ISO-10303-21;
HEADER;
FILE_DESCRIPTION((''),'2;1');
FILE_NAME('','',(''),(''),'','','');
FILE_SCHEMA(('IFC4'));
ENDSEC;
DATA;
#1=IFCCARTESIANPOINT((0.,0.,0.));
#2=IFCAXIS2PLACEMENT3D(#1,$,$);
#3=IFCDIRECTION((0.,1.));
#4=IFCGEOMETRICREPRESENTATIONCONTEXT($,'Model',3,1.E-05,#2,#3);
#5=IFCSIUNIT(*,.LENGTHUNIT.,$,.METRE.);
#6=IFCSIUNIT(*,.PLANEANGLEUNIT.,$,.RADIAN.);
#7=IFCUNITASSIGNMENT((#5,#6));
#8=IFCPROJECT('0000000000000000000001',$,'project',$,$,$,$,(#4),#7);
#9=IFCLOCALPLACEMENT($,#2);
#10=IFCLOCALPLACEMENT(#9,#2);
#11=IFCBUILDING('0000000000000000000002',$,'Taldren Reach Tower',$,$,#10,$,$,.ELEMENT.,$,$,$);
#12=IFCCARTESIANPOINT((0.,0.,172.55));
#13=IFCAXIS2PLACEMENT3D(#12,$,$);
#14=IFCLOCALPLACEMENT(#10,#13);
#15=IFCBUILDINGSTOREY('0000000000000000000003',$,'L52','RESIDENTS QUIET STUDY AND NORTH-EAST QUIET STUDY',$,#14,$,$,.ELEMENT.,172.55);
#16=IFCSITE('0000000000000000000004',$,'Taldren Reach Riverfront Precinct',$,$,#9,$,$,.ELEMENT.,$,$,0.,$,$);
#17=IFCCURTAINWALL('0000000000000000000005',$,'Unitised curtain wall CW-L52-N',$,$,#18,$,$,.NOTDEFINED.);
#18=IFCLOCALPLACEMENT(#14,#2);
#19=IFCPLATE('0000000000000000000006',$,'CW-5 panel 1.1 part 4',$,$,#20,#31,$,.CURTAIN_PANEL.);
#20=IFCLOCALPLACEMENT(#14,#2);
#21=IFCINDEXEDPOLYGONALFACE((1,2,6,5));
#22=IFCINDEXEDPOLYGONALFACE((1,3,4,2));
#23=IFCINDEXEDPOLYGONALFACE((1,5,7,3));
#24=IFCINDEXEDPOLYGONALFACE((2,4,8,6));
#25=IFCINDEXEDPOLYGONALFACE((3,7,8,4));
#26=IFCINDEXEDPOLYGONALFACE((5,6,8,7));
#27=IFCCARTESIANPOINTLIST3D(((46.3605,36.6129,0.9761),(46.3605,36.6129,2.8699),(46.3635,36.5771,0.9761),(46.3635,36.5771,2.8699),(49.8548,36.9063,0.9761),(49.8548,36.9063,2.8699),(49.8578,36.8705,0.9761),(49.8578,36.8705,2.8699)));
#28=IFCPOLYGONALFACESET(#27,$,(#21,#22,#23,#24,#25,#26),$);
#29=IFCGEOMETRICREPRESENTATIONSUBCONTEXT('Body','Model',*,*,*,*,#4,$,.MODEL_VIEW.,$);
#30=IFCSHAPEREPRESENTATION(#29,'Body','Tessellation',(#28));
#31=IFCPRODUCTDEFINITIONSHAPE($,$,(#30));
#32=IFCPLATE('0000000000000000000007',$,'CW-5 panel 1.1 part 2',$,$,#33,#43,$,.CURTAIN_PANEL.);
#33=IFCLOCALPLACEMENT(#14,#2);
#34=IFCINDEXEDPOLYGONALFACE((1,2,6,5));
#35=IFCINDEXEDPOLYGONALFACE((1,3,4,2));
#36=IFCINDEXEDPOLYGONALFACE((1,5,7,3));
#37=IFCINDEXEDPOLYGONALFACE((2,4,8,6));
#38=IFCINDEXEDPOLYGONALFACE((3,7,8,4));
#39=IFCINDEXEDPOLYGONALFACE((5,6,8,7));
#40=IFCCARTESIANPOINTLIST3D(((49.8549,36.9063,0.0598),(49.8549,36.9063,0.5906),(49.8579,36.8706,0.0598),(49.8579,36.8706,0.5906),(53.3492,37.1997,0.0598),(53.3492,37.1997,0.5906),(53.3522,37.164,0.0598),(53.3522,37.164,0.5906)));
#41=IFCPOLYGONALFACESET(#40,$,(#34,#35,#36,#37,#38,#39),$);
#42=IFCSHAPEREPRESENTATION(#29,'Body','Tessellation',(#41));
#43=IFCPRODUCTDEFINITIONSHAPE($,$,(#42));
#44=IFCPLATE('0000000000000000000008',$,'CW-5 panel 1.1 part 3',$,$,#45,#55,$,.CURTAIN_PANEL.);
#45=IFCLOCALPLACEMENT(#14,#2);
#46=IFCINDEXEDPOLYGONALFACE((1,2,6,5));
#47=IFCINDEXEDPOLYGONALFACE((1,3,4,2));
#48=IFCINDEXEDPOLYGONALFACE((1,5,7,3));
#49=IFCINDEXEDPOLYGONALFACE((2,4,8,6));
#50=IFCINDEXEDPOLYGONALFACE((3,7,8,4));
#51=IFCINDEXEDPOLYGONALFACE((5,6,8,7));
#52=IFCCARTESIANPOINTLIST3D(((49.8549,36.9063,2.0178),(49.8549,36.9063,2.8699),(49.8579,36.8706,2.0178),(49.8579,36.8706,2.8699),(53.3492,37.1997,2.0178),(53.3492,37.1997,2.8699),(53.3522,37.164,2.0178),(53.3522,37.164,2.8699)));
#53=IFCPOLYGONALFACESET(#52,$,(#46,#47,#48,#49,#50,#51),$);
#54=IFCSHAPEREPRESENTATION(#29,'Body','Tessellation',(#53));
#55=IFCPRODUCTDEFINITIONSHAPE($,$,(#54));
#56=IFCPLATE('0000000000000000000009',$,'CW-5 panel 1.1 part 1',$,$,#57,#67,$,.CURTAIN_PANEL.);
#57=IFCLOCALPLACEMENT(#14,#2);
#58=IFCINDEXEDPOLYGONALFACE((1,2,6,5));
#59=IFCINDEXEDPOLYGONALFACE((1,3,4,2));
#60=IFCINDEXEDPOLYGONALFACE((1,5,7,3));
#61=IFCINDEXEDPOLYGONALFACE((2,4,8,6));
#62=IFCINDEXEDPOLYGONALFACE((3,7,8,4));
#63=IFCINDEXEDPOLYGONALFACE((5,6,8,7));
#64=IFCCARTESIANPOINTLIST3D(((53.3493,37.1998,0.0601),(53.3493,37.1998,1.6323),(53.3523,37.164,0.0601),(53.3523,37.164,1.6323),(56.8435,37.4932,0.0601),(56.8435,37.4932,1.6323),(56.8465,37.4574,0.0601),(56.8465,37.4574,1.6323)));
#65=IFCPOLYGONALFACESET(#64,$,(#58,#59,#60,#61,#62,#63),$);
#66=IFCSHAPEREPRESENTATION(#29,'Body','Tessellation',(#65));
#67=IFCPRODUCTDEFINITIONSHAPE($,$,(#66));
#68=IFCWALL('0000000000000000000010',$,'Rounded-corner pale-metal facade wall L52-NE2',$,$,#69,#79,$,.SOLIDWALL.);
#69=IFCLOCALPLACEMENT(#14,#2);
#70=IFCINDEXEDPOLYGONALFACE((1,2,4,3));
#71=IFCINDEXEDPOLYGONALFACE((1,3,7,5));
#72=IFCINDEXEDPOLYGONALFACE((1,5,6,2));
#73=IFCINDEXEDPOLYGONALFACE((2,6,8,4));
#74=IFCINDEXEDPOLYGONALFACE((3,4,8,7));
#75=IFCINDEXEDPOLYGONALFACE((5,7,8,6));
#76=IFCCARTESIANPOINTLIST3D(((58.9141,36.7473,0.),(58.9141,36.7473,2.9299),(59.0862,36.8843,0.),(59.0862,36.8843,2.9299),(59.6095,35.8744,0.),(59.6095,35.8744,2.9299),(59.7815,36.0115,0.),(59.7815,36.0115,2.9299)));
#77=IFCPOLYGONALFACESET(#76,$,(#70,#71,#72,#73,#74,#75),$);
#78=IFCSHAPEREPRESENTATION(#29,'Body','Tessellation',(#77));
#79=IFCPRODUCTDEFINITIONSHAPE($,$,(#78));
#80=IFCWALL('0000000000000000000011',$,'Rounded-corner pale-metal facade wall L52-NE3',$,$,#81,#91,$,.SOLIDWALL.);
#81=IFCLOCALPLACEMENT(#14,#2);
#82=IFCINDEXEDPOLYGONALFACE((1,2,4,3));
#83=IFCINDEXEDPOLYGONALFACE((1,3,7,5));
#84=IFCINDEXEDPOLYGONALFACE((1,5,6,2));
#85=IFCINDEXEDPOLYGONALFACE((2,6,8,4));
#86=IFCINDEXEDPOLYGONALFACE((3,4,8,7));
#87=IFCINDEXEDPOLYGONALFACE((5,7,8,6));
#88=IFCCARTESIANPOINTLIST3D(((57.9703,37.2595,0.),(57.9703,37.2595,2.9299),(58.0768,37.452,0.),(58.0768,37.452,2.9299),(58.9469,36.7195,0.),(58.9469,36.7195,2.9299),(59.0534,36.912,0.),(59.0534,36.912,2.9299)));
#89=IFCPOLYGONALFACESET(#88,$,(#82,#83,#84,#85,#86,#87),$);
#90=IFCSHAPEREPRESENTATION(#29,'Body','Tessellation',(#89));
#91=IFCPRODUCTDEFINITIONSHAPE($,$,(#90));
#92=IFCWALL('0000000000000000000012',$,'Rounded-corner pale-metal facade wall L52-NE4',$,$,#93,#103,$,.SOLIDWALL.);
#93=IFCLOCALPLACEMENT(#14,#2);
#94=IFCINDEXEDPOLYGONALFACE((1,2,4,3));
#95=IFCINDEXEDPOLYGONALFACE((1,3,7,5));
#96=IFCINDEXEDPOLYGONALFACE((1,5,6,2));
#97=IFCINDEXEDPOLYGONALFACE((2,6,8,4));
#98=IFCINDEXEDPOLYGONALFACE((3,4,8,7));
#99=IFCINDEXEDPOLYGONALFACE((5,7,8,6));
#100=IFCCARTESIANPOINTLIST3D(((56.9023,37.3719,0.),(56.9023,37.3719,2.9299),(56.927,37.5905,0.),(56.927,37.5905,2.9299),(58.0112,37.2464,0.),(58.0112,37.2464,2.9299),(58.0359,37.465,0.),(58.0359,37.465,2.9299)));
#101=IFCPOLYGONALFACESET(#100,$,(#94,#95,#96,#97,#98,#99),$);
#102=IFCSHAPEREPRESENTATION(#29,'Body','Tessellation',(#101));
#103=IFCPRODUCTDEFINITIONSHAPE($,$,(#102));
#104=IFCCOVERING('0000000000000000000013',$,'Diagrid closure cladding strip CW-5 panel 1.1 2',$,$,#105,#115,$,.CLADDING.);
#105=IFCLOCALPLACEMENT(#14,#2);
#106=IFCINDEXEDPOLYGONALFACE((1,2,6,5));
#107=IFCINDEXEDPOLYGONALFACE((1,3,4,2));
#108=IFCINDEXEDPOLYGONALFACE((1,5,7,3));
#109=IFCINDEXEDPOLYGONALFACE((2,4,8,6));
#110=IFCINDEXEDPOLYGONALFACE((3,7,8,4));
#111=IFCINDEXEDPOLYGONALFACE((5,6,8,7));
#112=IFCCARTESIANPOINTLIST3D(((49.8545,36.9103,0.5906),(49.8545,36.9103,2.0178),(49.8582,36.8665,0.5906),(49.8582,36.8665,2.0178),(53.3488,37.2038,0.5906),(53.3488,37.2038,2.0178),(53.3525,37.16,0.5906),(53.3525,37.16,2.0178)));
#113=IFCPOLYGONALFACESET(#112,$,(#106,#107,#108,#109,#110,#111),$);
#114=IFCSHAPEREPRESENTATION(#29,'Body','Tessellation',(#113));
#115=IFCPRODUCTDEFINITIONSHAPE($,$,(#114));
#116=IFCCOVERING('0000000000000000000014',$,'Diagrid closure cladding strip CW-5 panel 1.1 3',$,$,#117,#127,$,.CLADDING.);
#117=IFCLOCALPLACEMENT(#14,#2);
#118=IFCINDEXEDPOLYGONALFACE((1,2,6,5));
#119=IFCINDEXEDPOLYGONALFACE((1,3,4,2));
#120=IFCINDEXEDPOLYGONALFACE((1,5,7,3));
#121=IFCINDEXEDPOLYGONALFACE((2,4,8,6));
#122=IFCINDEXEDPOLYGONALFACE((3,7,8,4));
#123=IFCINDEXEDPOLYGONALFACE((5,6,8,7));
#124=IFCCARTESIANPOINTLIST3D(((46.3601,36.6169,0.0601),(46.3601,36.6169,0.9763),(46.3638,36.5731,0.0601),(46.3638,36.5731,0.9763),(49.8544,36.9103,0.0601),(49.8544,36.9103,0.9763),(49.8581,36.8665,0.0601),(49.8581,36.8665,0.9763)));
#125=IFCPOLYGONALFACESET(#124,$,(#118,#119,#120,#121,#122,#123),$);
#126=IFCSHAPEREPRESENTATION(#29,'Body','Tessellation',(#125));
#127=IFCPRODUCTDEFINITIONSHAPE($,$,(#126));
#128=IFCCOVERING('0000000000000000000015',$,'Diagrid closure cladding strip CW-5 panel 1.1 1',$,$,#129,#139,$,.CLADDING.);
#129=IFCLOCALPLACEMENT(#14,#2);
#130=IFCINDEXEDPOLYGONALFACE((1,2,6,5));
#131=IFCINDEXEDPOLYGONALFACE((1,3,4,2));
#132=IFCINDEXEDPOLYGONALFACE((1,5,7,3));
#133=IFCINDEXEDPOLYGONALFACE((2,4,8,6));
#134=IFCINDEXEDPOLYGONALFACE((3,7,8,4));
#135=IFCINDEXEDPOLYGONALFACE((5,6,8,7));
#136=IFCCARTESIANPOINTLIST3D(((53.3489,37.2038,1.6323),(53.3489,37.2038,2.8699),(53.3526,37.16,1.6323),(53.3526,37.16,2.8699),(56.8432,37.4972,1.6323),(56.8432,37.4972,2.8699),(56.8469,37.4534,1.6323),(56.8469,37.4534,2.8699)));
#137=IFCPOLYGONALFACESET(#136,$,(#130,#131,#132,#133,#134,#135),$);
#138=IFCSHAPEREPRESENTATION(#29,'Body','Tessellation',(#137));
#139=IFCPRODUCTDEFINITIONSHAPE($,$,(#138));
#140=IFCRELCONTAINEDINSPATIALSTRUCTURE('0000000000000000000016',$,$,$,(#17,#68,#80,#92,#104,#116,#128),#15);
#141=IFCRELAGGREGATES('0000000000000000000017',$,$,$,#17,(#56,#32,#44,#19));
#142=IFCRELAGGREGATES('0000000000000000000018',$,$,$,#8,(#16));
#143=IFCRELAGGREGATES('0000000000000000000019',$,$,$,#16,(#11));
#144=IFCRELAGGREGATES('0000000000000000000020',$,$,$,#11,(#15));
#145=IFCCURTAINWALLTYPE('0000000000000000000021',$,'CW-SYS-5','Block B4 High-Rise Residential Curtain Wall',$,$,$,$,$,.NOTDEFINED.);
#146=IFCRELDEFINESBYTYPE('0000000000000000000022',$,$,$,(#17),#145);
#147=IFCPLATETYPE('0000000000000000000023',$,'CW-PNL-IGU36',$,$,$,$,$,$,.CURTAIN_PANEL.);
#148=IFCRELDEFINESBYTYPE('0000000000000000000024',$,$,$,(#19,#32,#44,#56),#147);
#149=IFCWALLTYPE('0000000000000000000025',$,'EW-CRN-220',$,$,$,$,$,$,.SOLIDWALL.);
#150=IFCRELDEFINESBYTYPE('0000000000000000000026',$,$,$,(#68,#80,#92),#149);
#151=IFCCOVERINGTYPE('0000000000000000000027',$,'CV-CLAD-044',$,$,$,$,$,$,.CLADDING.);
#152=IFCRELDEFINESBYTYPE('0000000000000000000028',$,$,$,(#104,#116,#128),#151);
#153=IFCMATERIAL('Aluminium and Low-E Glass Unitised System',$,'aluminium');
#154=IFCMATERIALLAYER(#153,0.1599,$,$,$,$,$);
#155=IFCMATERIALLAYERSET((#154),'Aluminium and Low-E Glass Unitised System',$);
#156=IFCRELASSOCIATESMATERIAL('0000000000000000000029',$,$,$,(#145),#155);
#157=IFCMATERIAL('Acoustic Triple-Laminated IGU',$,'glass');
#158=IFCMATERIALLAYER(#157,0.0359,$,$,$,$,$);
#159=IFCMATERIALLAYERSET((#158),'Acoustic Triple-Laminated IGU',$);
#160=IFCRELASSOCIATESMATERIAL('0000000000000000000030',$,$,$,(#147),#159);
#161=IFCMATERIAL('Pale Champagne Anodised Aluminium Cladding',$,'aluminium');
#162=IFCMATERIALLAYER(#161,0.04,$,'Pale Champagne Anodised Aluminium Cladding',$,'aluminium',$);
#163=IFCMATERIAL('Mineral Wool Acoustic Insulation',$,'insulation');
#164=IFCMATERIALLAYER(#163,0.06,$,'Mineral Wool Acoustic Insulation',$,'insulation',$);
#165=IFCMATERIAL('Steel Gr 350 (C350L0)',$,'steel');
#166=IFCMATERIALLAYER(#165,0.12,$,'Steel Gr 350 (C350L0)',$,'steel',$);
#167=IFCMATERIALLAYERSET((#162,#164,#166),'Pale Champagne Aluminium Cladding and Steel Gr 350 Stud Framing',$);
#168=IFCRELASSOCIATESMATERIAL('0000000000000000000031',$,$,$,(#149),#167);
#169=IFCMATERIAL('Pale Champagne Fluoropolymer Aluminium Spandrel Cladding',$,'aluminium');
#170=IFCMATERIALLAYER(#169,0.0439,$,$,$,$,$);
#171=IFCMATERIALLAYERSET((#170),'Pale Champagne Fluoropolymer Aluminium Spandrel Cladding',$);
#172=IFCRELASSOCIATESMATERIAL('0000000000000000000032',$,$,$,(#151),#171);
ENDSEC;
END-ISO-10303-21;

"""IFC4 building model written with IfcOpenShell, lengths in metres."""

from ifc_helpers import new_model, si_unit, direction, frame, frame_2d, origin, origin_2d, place, context, subcontext, project, spatial, rectangle, extrude, source, transform, mapped, material, layer, layer_set, type_object, element, aggregate, save


model = new_model("IFC4")

# Units and contexts
model_context = context("Model", 3, precision=1e-05, world=origin(), true_north=direction((0.0, 1.0)))
body_context = subcontext(model_context, "Body", "Model", "MODEL_VIEW")
ifc_project = project(units=[si_unit("LENGTHUNIT", "METRE"), si_unit("PLANEANGLEUNIT", "RADIAN")], contexts=[model_context])

# Site, building, storey
site_placement = place(None, origin())
site = spatial("IfcSite", under=ifc_project, at=site_placement, Name="Taldren Reach Riverfront Precinct", CompositionType="ELEMENT", RefElevation=0.0)
building_placement = place(site_placement, origin())
building = spatial("IfcBuilding", under=site, at=building_placement, Name="Taldren Reach Tower", CompositionType="ELEMENT")
storey_placement = place(building_placement, frame((0.0, 0.0, 172.55)))
storey = spatial("IfcBuildingStorey", under=building, at=storey_placement, Name="L52", Description="RESIDENTS QUIET STUDY AND NORTH-EAST QUIET STUDY", CompositionType="ELEMENT", Elevation=172.55)

# Shared definitions
ifc_material_1 = material(Name="Steel Gr 350 (C350L0)", Category="steel")

# Curtain wall
ifc_material_2 = material(Name="Aluminium and Low-E Glass Unitised System", Category="aluminium")
ifc_layer_1 = layer(ifc_material_2, 0.1599)
ifc_layer_set_1 = layer_set([ifc_layer_1], Name="Aluminium and Low-E Glass Unitised System")
curtain_wall_type = type_object("IfcCurtainWallType", Name="CW-SYS-5", Description="Block B4 High-Rise Residential Curtain Wall", PredefinedType="NOTDEFINED", material=ifc_layer_set_1)
curtain_wall_placement = place(storey_placement, origin())
curtain_wall = element("IfcCurtainWall", 1, at=curtain_wall_placement, inside=storey, type_object=curtain_wall_type, Name="Unitised curtain wall CW-L52-N", PredefinedType="NOTDEFINED")

# Plates
ifc_material_3 = material(Name="Acoustic Triple-Laminated IGU", Category="glass")
ifc_layer_2 = layer(ifc_material_3, 0.0359)
ifc_layer_set_2 = layer_set([ifc_layer_2], Name="Acoustic Triple-Laminated IGU")
plate_type_1 = type_object("IfcPlateType", Name="CW-PNL-IGU36", PredefinedType="CURTAIN_PANEL", material=ifc_layer_set_2)
shared_shape_1 = source(origin(), body_context, "Body", "SweptSolid", [
    extrude(rectangle(XDim=3.5066, YDim=0.0359, at=origin_2d()), origin(), (0.0, 0.0, 1.0), 1.8938),
])
plate_1_placement = place(storey_placement, frame((48.1091, 36.7417, 0.9761), z_axis=(0.0, 0.0, 1.0), x_axis=(-0.996493, -0.083678, 0.0)))
plate_1 = element("IfcPlate", 2, at=plate_1_placement, type_object=plate_type_1, Name="CW-5 panel 1.1 part 4", PredefinedType="CURTAIN_PANEL", context=body_context, shape_type="MappedRepresentation", body=[
    mapped(shared_shape_1, transform((0.0, 0.0, 0.0), scale=1.0)),
])
shared_shape_2 = source(origin(), body_context, "Body", "SweptSolid", [
    extrude(rectangle(XDim=3.5066, YDim=0.0359, at=origin_2d()), origin(), (0.0, 0.0, 1.0), 0.5308),
])
plate_2_placement = place(storey_placement, frame((51.6035, 37.0352, 0.0598), z_axis=(0.0, 0.0, 1.0), x_axis=(-0.996493, -0.083678, 0.0)))
plate_2 = element("IfcPlate", 3, at=plate_2_placement, type_object=plate_type_1, Name="CW-5 panel 1.1 part 2", PredefinedType="CURTAIN_PANEL", context=body_context, shape_type="MappedRepresentation", body=[
    mapped(shared_shape_2, transform((0.0, 0.0, 0.0), scale=1.0)),
])
shared_shape_3 = source(origin(), body_context, "Body", "SweptSolid", [
    extrude(rectangle(XDim=3.5066, YDim=0.0359, at=origin_2d()), origin(), (0.0, 0.0, 1.0), 0.8521),
])
plate_3_placement = place(storey_placement, frame((51.6035, 37.0352, 2.0178), z_axis=(0.0, 0.0, 1.0), x_axis=(-0.996493, -0.083678, 0.0)))
plate_3 = element("IfcPlate", 4, at=plate_3_placement, type_object=plate_type_1, Name="CW-5 panel 1.1 part 3", PredefinedType="CURTAIN_PANEL", context=body_context, shape_type="MappedRepresentation", body=[
    mapped(shared_shape_3, transform((0.0, 0.0, 0.0), scale=1.0)),
])
shared_shape_4 = source(origin(), body_context, "Body", "SweptSolid", [
    extrude(rectangle(XDim=3.5066, YDim=0.0359, at=origin_2d()), origin(), (0.0, 0.0, 1.0), 1.5723),
])
plate_4_placement = place(storey_placement, frame((55.0979, 37.3286, 0.0601), z_axis=(0.0, 0.0, 1.0), x_axis=(-0.996493, -0.083678, 0.0)))
plate_4 = element("IfcPlate", 5, at=plate_4_placement, type_object=plate_type_1, Name="CW-5 panel 1.1 part 1", PredefinedType="CURTAIN_PANEL", context=body_context, shape_type="MappedRepresentation", body=[
    mapped(shared_shape_4, transform((0.0, 0.0, 0.0), scale=1.0)),
])
aggregate(curtain_wall, [plate_4, plate_2, plate_3, plate_1])

# Walls
ifc_material_4 = material(Name="Pale Champagne Anodised Aluminium Cladding", Category="aluminium")
ifc_layer_3 = layer(ifc_material_4, 0.04, Name="Pale Champagne Anodised Aluminium Cladding", Category="aluminium")
ifc_material_5 = material(Name="Mineral Wool Acoustic Insulation", Category="insulation")
ifc_layer_4 = layer(ifc_material_5, 0.06, Name="Mineral Wool Acoustic Insulation", Category="insulation")
ifc_layer_5 = layer(ifc_material_1, 0.12, Name="Steel Gr 350 (C350L0)", Category="steel")
ifc_layer_set_3 = layer_set([ifc_layer_3, ifc_layer_4, ifc_layer_5], Name="Pale Champagne Aluminium Cladding and Steel Gr 350 Stud Framing")
wall_type = type_object("IfcWallType", Name="EW-CRN-220", PredefinedType="SOLIDWALL", material=ifc_layer_set_3)
shared_shape_5 = source(origin(), body_context, "Body", "SweptSolid", [
    extrude(rectangle(XDim=1.116, YDim=0.22, at=frame_2d((0.5581, 0.0))), origin(), (0.0, 0.0, 1.0), 2.9299),
])
for number, where, z_axis, x_axis, name in (
    (6, (59.6956, 35.9429, 0.0), (0.0, 0.0, 1.0), (-0.623093, 0.782148, 0.0), "Rounded-corner pale-metal facade wall L52-NE2"),
    (7, (59.0002, 36.8157, 0.0), (0.0, 0.0, 1.0), (-0.875105, 0.483933, 0.0), "Rounded-corner pale-metal facade wall L52-NE3"),
    (8, (58.0237, 37.3557, 0.0), (0.0, 0.0, 1.0), (-0.993658, 0.112448, 0.0), "Rounded-corner pale-metal facade wall L52-NE4"),
):
    element("IfcWall", number, at=place(storey_placement, frame(where, z_axis=z_axis, x_axis=x_axis)), inside=storey, type_object=wall_type, Name=name, PredefinedType="SOLIDWALL", context=body_context, shape_type="MappedRepresentation", body=[
        mapped(shared_shape_5, transform((0.0, 0.0, 0.0), scale=1.0)),
    ])

# Coverings
ifc_material_6 = material(Name="Pale Champagne Fluoropolymer Aluminium Spandrel Cladding", Category="aluminium")
ifc_layer_6 = layer(ifc_material_6, 0.0439)
ifc_layer_set_4 = layer_set([ifc_layer_6], Name="Pale Champagne Fluoropolymer Aluminium Spandrel Cladding")
covering_type = type_object("IfcCoveringType", Name="CV-CLAD-044", PredefinedType="CLADDING", material=ifc_layer_set_4)
shared_shape_6 = source(origin(), body_context, "Body", "SweptSolid", [
    extrude(rectangle(XDim=3.5066, YDim=0.0439, at=origin_2d()), origin(), (0.0, 0.0, 1.0), 1.4272),
])
covering_1_placement = place(storey_placement, frame((51.6035, 37.0352, 0.5906), z_axis=(0.0, 0.0, 1.0), x_axis=(-0.996493, -0.083678, 0.0)))
element("IfcCovering", 9, at=covering_1_placement, inside=storey, type_object=covering_type, Name="Diagrid closure cladding strip CW-5 panel 1.1 2", PredefinedType="CLADDING", context=body_context, shape_type="MappedRepresentation", body=[
    mapped(shared_shape_6, transform((0.0, 0.0, 0.0), scale=1.0)),
])
shared_shape_7 = source(origin(), body_context, "Body", "SweptSolid", [
    extrude(rectangle(XDim=3.5066, YDim=0.0439, at=origin_2d()), origin(), (0.0, 0.0, 1.0), 0.9163),
])
covering_2_placement = place(storey_placement, frame((48.1091, 36.7417, 0.0601), z_axis=(0.0, 0.0, 1.0), x_axis=(-0.996493, -0.083678, 0.0)))
element("IfcCovering", 10, at=covering_2_placement, inside=storey, type_object=covering_type, Name="Diagrid closure cladding strip CW-5 panel 1.1 3", PredefinedType="CLADDING", context=body_context, shape_type="MappedRepresentation", body=[
    mapped(shared_shape_7, transform((0.0, 0.0, 0.0), scale=1.0)),
])
shared_shape_8 = source(origin(), body_context, "Body", "SweptSolid", [
    extrude(rectangle(XDim=3.5066, YDim=0.0439, at=origin_2d()), origin(), (0.0, 0.0, 1.0), 1.2375),
])
covering_3_placement = place(storey_placement, frame((55.0979, 37.3286, 1.6323), z_axis=(0.0, 0.0, 1.0), x_axis=(-0.996493, -0.083678, 0.0)))
element("IfcCovering", 11, at=covering_3_placement, inside=storey, type_object=covering_type, Name="Diagrid closure cladding strip CW-5 panel 1.1 1", PredefinedType="CLADDING", context=body_context, shape_type="MappedRepresentation", body=[
    mapped(shared_shape_8, transform((0.0, 0.0, 0.0), scale=1.0)),
])

save(model, "model.ifc")
